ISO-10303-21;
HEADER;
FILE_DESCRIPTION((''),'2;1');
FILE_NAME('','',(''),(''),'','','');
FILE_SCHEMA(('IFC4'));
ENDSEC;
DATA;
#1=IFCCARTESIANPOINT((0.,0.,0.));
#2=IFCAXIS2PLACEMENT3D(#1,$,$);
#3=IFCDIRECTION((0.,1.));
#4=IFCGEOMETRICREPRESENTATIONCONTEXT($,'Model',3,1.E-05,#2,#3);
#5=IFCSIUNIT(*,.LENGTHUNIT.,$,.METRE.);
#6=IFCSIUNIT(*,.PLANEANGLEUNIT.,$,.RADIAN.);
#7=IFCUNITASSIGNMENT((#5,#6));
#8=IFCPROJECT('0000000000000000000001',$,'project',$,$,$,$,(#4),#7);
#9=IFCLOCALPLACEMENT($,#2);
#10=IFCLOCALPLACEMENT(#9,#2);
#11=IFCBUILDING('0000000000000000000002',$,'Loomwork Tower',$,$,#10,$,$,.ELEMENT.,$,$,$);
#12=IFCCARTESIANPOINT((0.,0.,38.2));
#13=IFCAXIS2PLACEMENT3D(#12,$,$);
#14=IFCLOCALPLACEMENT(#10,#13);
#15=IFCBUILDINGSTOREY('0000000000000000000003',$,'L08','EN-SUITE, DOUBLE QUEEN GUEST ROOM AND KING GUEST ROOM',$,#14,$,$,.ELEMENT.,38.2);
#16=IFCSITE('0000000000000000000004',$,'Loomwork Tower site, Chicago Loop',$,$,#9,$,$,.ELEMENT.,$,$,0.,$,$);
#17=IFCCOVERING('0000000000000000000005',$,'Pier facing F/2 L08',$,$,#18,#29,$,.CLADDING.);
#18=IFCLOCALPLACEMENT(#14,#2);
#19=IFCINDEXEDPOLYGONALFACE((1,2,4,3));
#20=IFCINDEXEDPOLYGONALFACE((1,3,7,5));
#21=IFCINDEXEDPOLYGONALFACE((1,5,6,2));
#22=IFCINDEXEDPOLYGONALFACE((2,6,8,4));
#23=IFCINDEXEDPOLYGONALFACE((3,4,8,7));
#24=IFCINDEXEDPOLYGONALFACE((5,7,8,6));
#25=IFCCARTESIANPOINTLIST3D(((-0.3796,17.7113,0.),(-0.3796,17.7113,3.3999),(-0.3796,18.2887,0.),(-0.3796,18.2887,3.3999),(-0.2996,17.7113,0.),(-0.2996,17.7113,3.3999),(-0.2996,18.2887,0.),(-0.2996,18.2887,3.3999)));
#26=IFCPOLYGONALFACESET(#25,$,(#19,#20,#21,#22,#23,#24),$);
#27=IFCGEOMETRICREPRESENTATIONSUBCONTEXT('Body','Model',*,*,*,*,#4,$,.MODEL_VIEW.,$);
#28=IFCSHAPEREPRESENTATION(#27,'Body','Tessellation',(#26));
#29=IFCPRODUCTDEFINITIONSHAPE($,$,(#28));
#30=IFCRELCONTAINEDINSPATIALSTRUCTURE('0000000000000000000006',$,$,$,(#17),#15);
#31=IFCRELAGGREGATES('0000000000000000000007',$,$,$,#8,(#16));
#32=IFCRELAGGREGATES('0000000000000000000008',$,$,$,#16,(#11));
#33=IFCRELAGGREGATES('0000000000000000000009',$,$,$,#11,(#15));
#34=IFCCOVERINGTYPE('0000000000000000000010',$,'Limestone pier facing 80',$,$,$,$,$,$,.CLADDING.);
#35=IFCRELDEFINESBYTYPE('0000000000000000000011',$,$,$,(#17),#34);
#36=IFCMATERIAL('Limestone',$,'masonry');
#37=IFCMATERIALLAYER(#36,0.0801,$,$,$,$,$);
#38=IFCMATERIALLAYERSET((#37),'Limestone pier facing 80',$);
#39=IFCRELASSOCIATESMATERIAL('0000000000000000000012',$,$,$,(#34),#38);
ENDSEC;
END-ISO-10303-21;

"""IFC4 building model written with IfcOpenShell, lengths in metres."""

from ifc_helpers import new_model, si_unit, direction, frame, origin, origin_2d, place, context, subcontext, project, spatial, rectangle, extrude, material, layer, layer_set, type_object, element, save


model = new_model("IFC4")

# Units and contexts
model_context = context("Model", 3, precision=1e-05, world=origin(), true_north=direction((0.0, 1.0)))
body_context = subcontext(model_context, "Body", "Model", "MODEL_VIEW")
ifc_project = project(units=[si_unit("LENGTHUNIT", "METRE"), si_unit("PLANEANGLEUNIT", "RADIAN")], contexts=[model_context])

# Site, building, storey
site_placement = place(None, origin())
site = spatial("IfcSite", under=ifc_project, at=site_placement, Name="Loomwork Tower site, Chicago Loop", CompositionType="ELEMENT", RefElevation=0.0)
building_placement = place(site_placement, origin())
building = spatial("IfcBuilding", under=site, at=building_placement, Name="Loomwork Tower", CompositionType="ELEMENT")
storey_placement = place(building_placement, frame((0.0, 0.0, 38.2)))
storey = spatial("IfcBuildingStorey", under=building, at=storey_placement, Name="L08", Description="EN-SUITE, DOUBLE QUEEN GUEST ROOM AND KING GUEST ROOM", CompositionType="ELEMENT", Elevation=38.2)

# Covering
ifc_material_1 = material(Name="Limestone", Category="masonry")
ifc_layer_1 = layer(ifc_material_1, 0.0801)
ifc_layer_set_1 = layer_set([ifc_layer_1], Name="Limestone pier facing 80")
covering_type = type_object("IfcCoveringType", Name="Limestone pier facing 80", PredefinedType="CLADDING", material=ifc_layer_set_1)
covering_placement = place(storey_placement, frame((-0.3396, 18.0, 0.0), z_axis=(0.0, 0.0, 1.0), x_axis=(1.0, 0.0, 0.0)))
element("IfcCovering", 1, at=covering_placement, inside=storey, type_object=covering_type, Name="Pier facing F/2 L08", PredefinedType="CLADDING", context=body_context, shape_type="SweptSolid", body=[
    extrude(rectangle(XDim=0.0801, YDim=0.5774, at=origin_2d()), origin(), (0.0, 0.0, 1.0), 3.3999),
])

save(model, "model.ifc")
